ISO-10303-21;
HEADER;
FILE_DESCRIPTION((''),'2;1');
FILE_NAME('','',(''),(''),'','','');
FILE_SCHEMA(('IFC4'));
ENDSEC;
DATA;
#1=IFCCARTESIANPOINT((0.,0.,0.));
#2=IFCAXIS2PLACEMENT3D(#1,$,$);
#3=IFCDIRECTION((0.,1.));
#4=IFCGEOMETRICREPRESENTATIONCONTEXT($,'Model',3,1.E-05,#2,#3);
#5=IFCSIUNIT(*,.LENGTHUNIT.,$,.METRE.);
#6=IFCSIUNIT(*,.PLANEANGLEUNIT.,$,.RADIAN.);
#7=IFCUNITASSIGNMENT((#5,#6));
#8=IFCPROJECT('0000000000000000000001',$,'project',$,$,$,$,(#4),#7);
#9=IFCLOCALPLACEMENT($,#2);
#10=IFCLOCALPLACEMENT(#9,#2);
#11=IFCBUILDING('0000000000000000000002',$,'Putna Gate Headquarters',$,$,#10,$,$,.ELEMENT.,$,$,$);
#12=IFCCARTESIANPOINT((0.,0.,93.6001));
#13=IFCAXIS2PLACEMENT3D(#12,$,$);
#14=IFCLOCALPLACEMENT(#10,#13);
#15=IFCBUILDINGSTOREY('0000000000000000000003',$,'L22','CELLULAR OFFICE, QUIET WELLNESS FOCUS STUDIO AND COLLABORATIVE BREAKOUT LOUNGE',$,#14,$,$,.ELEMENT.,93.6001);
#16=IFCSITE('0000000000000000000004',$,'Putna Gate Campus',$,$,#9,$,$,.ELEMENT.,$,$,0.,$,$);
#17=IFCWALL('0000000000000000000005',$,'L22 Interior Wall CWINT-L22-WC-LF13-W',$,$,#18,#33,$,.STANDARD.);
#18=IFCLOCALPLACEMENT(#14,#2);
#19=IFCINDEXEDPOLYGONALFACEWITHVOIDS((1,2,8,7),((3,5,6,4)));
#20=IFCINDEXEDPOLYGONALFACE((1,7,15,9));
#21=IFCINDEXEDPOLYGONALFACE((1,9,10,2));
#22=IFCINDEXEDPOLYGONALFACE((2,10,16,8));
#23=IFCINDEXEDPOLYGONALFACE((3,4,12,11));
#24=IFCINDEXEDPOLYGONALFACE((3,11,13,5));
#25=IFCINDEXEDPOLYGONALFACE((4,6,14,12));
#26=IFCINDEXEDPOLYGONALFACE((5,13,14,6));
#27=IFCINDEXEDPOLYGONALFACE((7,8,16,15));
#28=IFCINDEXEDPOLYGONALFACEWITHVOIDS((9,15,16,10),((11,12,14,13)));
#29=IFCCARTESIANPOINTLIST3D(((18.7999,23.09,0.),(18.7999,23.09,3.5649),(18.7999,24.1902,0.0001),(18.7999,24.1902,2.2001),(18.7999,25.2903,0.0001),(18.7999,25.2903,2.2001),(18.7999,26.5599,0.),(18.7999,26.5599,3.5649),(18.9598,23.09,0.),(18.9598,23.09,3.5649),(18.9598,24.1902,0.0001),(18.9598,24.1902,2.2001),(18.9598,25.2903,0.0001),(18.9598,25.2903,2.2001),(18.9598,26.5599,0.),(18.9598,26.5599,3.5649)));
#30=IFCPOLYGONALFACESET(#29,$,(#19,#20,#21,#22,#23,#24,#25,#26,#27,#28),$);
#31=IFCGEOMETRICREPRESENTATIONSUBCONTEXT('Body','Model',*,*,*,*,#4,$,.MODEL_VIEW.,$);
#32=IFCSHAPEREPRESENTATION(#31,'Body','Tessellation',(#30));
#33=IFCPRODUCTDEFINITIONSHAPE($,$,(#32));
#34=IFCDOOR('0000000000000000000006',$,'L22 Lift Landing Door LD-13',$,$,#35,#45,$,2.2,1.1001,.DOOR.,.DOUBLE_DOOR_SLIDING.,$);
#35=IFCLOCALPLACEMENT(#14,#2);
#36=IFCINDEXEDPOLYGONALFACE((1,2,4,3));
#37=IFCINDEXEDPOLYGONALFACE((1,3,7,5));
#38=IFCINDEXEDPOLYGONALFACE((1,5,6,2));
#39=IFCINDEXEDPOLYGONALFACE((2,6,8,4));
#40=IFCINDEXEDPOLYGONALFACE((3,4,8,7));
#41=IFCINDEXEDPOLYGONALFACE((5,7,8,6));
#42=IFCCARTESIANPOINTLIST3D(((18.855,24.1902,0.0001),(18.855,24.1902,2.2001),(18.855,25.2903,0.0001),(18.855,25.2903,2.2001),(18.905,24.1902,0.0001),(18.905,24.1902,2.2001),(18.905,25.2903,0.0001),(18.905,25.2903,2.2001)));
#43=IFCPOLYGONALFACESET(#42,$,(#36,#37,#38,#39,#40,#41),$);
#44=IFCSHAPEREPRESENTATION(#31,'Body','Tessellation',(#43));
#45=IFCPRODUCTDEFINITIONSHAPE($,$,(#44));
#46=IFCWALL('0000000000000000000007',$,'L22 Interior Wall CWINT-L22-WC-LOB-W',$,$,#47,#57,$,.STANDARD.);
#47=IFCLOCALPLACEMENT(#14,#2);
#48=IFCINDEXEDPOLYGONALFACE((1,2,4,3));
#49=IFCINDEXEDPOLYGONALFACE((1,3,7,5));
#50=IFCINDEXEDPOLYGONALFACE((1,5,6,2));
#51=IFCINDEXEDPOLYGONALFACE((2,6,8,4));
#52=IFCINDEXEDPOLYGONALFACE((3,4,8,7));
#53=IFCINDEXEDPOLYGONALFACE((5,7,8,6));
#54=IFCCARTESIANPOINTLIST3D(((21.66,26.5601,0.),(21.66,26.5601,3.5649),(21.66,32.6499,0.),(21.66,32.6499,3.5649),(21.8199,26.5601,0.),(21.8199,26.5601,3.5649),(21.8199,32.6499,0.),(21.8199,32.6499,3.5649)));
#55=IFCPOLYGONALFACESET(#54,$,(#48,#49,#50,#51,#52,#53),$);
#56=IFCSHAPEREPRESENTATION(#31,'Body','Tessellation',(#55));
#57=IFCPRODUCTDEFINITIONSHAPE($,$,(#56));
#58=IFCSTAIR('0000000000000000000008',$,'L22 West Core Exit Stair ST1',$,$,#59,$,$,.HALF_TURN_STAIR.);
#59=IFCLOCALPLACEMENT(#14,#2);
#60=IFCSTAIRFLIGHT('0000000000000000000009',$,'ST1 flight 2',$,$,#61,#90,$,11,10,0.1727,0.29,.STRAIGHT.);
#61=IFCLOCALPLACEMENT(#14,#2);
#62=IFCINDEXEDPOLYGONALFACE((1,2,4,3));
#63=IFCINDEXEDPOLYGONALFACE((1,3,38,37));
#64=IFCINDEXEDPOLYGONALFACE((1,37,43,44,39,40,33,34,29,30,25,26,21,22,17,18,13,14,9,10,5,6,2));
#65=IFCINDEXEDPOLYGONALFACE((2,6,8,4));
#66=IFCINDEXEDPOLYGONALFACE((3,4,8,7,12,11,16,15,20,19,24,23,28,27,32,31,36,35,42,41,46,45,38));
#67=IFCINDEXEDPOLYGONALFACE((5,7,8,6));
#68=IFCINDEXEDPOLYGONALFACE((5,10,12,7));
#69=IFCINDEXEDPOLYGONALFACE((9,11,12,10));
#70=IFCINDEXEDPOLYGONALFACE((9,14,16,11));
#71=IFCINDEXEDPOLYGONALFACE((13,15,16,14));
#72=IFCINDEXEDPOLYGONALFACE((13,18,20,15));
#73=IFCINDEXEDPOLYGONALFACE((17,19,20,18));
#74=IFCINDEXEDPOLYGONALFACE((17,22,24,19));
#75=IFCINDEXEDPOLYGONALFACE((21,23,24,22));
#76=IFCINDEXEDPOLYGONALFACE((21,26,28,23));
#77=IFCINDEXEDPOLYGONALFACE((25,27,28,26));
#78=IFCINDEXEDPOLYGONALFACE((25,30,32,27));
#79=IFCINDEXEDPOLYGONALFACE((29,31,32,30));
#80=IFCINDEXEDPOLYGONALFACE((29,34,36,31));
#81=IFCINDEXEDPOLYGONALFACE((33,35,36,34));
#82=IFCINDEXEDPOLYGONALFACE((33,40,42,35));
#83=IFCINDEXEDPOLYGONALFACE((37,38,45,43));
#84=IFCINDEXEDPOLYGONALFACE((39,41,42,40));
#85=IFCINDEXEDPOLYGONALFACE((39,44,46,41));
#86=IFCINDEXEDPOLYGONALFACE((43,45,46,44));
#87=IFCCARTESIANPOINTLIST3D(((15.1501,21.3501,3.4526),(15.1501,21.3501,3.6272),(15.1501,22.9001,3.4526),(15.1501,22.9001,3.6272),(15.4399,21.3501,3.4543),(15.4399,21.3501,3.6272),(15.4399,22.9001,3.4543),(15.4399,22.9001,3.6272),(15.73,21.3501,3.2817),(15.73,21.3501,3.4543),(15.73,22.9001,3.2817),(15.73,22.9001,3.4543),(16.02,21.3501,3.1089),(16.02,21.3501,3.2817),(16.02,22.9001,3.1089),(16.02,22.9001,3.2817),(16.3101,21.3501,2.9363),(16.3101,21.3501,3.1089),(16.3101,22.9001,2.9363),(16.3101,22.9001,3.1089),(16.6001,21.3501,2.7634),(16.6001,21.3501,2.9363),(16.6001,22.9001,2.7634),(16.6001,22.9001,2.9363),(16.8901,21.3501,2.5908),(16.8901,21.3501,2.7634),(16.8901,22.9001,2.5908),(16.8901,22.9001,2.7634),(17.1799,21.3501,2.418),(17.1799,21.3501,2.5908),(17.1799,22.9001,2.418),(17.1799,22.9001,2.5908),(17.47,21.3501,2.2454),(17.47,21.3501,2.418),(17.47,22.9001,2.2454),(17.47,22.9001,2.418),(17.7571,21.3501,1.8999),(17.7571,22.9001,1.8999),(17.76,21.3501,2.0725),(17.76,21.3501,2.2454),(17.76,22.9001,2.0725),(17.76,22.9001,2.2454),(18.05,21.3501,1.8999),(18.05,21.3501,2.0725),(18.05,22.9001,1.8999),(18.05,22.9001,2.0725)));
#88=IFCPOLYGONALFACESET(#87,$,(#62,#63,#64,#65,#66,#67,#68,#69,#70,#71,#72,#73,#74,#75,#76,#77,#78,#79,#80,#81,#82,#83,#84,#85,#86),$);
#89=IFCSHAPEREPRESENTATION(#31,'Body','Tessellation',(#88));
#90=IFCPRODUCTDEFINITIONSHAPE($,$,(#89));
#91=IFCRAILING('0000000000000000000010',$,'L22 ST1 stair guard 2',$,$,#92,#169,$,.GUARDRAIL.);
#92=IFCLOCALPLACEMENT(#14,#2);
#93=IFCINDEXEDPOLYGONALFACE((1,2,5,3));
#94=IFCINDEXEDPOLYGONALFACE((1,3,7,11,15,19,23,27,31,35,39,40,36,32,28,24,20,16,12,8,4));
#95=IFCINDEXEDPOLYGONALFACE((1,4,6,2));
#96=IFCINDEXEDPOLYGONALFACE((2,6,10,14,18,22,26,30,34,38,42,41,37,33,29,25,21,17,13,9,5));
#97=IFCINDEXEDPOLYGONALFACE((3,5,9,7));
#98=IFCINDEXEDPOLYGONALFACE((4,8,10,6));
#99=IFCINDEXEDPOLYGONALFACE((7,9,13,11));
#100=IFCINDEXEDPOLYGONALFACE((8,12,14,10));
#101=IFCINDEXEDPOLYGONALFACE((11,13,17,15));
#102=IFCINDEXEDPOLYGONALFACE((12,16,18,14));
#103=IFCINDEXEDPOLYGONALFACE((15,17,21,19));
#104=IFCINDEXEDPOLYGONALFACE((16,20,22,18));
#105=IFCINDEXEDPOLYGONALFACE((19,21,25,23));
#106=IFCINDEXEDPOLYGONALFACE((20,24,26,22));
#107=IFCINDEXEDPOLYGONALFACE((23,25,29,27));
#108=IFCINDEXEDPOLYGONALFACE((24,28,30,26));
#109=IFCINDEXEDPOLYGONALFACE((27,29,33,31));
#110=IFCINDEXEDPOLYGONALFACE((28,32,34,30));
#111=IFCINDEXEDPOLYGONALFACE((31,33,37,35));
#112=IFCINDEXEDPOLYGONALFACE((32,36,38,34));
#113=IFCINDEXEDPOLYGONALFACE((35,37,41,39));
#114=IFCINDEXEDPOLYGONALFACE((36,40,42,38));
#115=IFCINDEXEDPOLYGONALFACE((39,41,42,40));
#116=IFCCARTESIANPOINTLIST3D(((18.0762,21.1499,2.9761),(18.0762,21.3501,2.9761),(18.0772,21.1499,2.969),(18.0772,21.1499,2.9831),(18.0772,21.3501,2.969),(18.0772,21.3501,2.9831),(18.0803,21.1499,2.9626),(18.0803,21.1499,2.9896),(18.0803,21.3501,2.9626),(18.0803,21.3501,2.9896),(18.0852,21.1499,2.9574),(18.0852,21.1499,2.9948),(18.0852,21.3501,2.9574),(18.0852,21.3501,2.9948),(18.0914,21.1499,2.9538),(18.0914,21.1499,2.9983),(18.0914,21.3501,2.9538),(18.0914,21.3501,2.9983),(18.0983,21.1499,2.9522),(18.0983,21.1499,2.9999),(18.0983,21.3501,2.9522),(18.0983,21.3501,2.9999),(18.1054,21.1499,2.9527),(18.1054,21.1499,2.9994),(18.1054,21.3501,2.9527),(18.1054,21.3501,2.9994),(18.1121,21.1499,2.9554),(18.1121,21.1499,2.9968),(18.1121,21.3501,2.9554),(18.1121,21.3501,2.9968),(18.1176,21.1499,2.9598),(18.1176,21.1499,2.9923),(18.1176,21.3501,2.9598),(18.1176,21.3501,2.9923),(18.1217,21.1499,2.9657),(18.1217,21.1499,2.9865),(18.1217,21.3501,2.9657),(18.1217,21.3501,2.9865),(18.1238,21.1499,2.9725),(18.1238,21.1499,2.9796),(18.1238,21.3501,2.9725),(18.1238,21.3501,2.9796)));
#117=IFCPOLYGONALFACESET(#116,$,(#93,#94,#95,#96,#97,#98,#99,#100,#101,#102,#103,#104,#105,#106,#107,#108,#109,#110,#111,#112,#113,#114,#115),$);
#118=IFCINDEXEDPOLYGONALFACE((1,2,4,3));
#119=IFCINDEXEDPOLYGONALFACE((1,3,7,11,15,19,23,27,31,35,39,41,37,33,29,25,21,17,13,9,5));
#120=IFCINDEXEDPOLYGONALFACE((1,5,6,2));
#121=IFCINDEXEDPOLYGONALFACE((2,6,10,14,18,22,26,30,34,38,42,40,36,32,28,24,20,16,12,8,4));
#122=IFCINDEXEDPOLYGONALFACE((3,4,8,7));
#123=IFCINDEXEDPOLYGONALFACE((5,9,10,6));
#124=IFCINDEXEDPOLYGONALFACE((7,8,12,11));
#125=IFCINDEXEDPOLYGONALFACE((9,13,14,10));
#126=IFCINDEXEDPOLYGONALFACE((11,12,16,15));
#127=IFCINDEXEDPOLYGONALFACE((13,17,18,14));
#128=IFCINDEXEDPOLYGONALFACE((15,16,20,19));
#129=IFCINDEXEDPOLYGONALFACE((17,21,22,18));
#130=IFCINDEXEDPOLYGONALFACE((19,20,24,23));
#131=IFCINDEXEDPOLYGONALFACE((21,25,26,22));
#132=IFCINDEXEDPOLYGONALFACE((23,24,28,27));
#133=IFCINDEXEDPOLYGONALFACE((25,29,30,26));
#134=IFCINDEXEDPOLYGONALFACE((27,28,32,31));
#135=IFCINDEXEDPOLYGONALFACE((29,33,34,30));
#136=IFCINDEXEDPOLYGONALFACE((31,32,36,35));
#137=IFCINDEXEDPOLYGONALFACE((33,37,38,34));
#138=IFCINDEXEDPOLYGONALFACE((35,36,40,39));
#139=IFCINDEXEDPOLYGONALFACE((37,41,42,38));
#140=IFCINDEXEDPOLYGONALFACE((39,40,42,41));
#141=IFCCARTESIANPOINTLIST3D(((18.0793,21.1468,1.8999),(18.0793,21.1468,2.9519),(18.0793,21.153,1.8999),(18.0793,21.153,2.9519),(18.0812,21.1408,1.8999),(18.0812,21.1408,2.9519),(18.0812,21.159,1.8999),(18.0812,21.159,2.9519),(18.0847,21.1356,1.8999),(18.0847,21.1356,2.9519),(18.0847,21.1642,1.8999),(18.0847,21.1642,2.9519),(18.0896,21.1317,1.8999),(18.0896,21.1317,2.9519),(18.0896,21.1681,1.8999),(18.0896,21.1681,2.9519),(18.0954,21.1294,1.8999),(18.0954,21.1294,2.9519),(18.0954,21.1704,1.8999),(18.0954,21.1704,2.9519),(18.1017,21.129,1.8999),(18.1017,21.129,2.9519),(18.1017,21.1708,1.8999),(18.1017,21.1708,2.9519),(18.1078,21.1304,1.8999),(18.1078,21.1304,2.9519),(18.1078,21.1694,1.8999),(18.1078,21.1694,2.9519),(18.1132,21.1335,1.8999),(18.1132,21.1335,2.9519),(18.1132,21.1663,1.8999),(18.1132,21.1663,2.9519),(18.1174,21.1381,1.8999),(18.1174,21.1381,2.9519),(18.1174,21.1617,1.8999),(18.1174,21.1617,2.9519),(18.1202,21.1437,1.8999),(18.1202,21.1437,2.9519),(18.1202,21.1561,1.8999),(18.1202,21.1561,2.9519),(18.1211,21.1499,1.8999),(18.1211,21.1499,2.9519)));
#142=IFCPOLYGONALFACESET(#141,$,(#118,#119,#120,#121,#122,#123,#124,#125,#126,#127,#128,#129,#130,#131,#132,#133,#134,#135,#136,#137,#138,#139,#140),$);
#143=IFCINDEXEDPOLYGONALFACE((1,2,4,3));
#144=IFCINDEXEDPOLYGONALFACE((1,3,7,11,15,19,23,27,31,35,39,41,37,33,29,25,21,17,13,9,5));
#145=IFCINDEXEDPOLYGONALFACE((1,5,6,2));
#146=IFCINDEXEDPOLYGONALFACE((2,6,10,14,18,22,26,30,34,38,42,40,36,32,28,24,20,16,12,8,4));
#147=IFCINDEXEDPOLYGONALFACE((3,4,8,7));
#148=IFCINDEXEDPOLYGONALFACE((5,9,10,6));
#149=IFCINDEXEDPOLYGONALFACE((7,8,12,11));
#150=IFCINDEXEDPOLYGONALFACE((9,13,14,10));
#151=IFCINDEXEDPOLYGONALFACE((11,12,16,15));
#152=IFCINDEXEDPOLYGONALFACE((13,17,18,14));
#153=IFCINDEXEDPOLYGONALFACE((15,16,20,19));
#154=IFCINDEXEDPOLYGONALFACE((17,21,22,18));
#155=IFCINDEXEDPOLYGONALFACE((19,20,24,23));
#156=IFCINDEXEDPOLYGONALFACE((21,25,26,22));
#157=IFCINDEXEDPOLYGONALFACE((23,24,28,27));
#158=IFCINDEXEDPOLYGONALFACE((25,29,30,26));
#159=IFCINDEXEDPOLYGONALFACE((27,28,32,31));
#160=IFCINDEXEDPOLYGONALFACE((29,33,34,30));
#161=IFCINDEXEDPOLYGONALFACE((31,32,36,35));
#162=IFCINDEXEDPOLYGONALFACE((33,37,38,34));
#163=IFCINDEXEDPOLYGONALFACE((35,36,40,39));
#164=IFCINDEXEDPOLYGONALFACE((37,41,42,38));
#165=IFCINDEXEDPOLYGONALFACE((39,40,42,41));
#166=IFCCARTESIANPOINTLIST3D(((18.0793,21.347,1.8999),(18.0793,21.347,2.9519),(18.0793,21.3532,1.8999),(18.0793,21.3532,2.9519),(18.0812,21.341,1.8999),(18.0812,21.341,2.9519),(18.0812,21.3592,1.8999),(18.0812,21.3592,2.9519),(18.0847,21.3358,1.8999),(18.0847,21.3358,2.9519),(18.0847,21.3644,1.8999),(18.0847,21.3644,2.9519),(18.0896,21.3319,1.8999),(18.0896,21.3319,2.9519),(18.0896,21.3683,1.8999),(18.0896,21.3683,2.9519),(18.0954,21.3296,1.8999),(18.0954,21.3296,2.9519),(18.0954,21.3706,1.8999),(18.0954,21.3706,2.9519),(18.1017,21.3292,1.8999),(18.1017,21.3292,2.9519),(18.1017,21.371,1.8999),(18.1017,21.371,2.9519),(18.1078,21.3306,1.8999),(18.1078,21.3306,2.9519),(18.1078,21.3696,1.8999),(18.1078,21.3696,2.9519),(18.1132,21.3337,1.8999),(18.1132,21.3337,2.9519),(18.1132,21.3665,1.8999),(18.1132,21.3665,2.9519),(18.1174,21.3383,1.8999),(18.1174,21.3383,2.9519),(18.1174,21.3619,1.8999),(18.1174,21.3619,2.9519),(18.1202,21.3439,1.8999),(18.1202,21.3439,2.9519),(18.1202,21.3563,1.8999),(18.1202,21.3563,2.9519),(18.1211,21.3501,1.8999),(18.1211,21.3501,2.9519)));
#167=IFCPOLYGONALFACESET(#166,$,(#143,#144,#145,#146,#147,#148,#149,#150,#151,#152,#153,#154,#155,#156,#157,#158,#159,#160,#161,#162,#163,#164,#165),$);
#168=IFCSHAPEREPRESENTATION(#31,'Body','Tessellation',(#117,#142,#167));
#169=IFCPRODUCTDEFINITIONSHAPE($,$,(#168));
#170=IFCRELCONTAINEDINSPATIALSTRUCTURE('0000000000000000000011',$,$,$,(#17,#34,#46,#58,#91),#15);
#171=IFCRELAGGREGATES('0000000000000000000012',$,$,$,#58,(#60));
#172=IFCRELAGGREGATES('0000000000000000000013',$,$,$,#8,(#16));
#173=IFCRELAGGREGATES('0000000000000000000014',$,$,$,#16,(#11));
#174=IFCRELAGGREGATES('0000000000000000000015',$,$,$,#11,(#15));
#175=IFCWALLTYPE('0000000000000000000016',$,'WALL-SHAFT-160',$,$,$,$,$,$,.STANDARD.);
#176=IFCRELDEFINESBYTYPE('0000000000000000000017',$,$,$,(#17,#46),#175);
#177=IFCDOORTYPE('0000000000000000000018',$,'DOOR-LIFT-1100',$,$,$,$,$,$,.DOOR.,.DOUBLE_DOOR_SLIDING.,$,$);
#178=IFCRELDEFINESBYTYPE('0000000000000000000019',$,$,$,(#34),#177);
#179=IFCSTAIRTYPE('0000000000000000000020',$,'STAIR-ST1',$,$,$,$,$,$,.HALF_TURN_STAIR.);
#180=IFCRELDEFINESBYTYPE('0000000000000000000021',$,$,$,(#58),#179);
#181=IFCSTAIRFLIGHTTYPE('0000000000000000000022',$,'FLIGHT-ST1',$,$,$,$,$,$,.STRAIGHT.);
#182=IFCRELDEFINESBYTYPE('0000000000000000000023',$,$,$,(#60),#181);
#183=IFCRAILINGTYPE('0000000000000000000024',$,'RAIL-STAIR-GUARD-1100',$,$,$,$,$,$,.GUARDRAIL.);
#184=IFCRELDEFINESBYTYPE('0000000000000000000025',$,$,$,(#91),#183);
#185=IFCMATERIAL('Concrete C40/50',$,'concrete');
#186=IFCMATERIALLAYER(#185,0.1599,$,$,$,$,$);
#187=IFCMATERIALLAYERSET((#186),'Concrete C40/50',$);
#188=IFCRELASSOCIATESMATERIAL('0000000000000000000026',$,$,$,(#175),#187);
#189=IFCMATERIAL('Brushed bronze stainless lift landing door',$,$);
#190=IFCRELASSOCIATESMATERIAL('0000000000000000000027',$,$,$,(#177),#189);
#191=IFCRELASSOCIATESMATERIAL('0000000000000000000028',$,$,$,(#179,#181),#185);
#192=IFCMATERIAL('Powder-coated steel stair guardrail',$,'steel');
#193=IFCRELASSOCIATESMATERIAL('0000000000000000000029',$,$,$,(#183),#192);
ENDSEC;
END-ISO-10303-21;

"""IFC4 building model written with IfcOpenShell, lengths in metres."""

from ifc_helpers import new_model, si_unit, direction, frame, frame_2d, origin, origin_2d, place, context, subcontext, project, spatial, polyline, rectangle, circle, outline, extrude, material, layer, layer_set, type_object, element, fill, aggregate, save


model = new_model("IFC4")

# Units and contexts
model_context = context("Model", 3, precision=1e-05, world=origin(), true_north=direction((0.0, 1.0)))
body_context = subcontext(model_context, "Body", "Model", "MODEL_VIEW")
ifc_project = project(units=[si_unit("LENGTHUNIT", "METRE"), si_unit("PLANEANGLEUNIT", "RADIAN")], contexts=[model_context])

# Site, building, storey
site_placement = place(None, origin())
site = spatial("IfcSite", under=ifc_project, at=site_placement, Name="Putna Gate Campus", CompositionType="ELEMENT", RefElevation=0.0)
building_placement = place(site_placement, origin())
building = spatial("IfcBuilding", under=site, at=building_placement, Name="Putna Gate Headquarters", CompositionType="ELEMENT")
storey_placement = place(building_placement, frame((0.0, 0.0, 93.6001)))
storey = spatial("IfcBuildingStorey", under=building, at=storey_placement, Name="L22", Description="CELLULAR OFFICE, QUIET WELLNESS FOCUS STUDIO AND COLLABORATIVE BREAKOUT LOUNGE", CompositionType="ELEMENT", Elevation=93.6001)

# Shared definitions
ifc_material_1 = material(Name="Concrete C40/50", Category="concrete")
ifc_layer_1 = layer(ifc_material_1, 0.1599)
ifc_layer_set_1 = layer_set([ifc_layer_1], Name="Concrete C40/50")
wall_type_1 = type_object("IfcWallType", Name="WALL-SHAFT-160", PredefinedType="STANDARD", material=ifc_layer_set_1)

# Wall, opening, door
wall_1_placement = place(storey_placement, frame((18.8799, 23.0901, 0.0), z_axis=(0.0, 0.0, 1.0), x_axis=(0.0, 1.0, 0.0)))
wall_1 = element("IfcWall", 1, at=wall_1_placement, inside=storey, type_object=wall_type_1, Name="L22 Interior Wall CWINT-L22-WC-LF13-W", PredefinedType="STANDARD", context=body_context, shape_type="SweptSolid", body=[
    extrude(rectangle(XDim=3.47, YDim=0.1599, at=frame_2d((1.7349, 0.0))), origin(), (0.0, 0.0, 1.0), 3.5649),
])
opening_1_placement = place(wall_1_placement, frame((1.1001, 0.0, 0.0)))
opening_1 = element("IfcOpeningElement", 2, at=opening_1_placement, cuts=wall_1, PredefinedType="OPENING", context=body_context, shape_type="SweptSolid", body=[
    extrude(rectangle(XDim=1.1001, YDim=2.2, at=frame_2d((0.55, 1.1001))), frame((0.0, 0.0898, 0.0), z_axis=(0.0, -1.0, 0.0), x_axis=(1.0, 0.0, 0.0)), (0.0, 0.0, 1.0), 0.1799),
])
ifc_material_2 = material(Name="Brushed bronze stainless lift landing door")
door_type_1 = type_object("IfcDoorType", Name="DOOR-LIFT-1100", OperationType="DOUBLE_DOOR_SLIDING", PredefinedType="DOOR", material=ifc_material_2)
door_1_placement = place(opening_1_placement, origin())
door_1 = element("IfcDoor", 3, at=door_1_placement, inside=storey, type_object=door_type_1, Name="L22 Lift Landing Door LD-13", OperationType="DOUBLE_DOOR_SLIDING", OverallHeight=2.2, OverallWidth=1.1001, PredefinedType="DOOR", context=body_context, shape_type="SweptSolid", body=[
    extrude(rectangle(XDim=1.1001, YDim=2.2, at=frame_2d((0.55, 1.1001))), frame((0.0, 0.0249, 0.0), z_axis=(0.0, -1.0, 0.0), x_axis=(1.0, 0.0, 0.0)), (0.0, 0.0, 1.0), 0.05),
])
fill(opening_1, door_1)

# Wall
wall_2_placement = place(storey_placement, frame((21.74, 26.5601, 0.0), z_axis=(0.0, 0.0, 1.0), x_axis=(0.0, 1.0, 0.0)))
element("IfcWall", 4, at=wall_2_placement, inside=storey, type_object=wall_type_1, Name="L22 Interior Wall CWINT-L22-WC-LOB-W", PredefinedType="STANDARD", context=body_context, shape_type="SweptSolid", body=[
    extrude(rectangle(XDim=6.0898, YDim=0.1599, at=frame_2d((3.0449, 0.0))), origin(), (0.0, 0.0, 1.0), 3.5649),
])

# Stair, stair flight
stair_type = type_object("IfcStairType", Name="STAIR-ST1", PredefinedType="HALF_TURN_STAIR", material=ifc_material_1)
stair_placement = place(storey_placement, origin())
stair = element("IfcStair", 5, at=stair_placement, inside=storey, type_object=stair_type, Name="L22 West Core Exit Stair ST1", PredefinedType="HALF_TURN_STAIR")
stair_flight_type = type_object("IfcStairFlightType", Name="FLIGHT-ST1", PredefinedType="STRAIGHT", material=ifc_material_1)
stair_flight_placement = place(storey_placement, frame((18.05, 22.125, 1.8999), z_axis=(0.0, 0.0, 1.0), x_axis=(-1.0, 0.0, 0.0)))
stair_flight = element("IfcStairFlight", 6, at=stair_flight_placement, type_object=stair_flight_type, Name="ST1 flight 2", NumberOfRisers=11, NumberOfTreads=10, PredefinedType="STRAIGHT", RiserHeight=0.1727, TreadLength=0.29, context=body_context, shape_type="SweptSolid", body=[
    extrude(outline(polyline([(0.0, 0.0), (0.0, 0.1726), (0.29, 0.1726), (0.29, 0.3455), (0.5801, 0.3455), (0.5801, 0.5181), (0.8701, 0.5181), (0.8701, 0.6909), (1.1599, 0.6909), (1.1599, 0.8635), (1.45, 0.8635), (1.45, 1.0364), (1.74, 1.0364), (1.74, 1.209), (2.03, 1.209), (2.03, 1.3818), (2.3201, 1.3818), (2.3201, 1.5544), (2.6101, 1.5544), (2.6101, 1.7273), (2.8999, 1.7273), (2.8999, 1.8999), (2.8999, 1.5527), (0.293, 0.0), (0.0, 0.0)])), frame((0.0, 0.7749, 0.0), z_axis=(0.0, -1.0, 0.0), x_axis=(1.0, 0.0, 0.0)), (0.0, 0.0, 1.0), 1.55),
])
aggregate(stair, [stair_flight])

# Railing
ifc_material_3 = material(Name="Powder-coated steel stair guardrail", Category="steel")
railing_type_1 = type_object("IfcRailingType", Name="RAIL-STAIR-GUARD-1100", PredefinedType="GUARDRAIL", material=ifc_material_3)
railing_1_placement = place(storey_placement, frame((18.1001, 21.1499, 1.8999)))
element("IfcRailing", 7, at=railing_1_placement, inside=storey, type_object=railing_type_1, Name="L22 ST1 stair guard 2", PredefinedType="GUARDRAIL", context=body_context, shape_type="SweptSolid", body=[
    extrude(circle(Radius=0.0239, at=origin_2d()), frame((0.0, 0.0, 1.0762), z_axis=(0.0, 1.0, 0.0), x_axis=(-1.0, 0.0, 0.0)), (0.0, 0.0, 1.0), 0.2002),
    extrude(circle(Radius=0.021, at=origin_2d()), origin(), (0.0, 0.0, 1.0), 1.052),
    extrude(circle(Radius=0.021, at=origin_2d()), frame((0.0, 0.2002, 0.0)), (0.0, 0.0, 1.0), 1.052),
])

save(model, "model.ifc")
